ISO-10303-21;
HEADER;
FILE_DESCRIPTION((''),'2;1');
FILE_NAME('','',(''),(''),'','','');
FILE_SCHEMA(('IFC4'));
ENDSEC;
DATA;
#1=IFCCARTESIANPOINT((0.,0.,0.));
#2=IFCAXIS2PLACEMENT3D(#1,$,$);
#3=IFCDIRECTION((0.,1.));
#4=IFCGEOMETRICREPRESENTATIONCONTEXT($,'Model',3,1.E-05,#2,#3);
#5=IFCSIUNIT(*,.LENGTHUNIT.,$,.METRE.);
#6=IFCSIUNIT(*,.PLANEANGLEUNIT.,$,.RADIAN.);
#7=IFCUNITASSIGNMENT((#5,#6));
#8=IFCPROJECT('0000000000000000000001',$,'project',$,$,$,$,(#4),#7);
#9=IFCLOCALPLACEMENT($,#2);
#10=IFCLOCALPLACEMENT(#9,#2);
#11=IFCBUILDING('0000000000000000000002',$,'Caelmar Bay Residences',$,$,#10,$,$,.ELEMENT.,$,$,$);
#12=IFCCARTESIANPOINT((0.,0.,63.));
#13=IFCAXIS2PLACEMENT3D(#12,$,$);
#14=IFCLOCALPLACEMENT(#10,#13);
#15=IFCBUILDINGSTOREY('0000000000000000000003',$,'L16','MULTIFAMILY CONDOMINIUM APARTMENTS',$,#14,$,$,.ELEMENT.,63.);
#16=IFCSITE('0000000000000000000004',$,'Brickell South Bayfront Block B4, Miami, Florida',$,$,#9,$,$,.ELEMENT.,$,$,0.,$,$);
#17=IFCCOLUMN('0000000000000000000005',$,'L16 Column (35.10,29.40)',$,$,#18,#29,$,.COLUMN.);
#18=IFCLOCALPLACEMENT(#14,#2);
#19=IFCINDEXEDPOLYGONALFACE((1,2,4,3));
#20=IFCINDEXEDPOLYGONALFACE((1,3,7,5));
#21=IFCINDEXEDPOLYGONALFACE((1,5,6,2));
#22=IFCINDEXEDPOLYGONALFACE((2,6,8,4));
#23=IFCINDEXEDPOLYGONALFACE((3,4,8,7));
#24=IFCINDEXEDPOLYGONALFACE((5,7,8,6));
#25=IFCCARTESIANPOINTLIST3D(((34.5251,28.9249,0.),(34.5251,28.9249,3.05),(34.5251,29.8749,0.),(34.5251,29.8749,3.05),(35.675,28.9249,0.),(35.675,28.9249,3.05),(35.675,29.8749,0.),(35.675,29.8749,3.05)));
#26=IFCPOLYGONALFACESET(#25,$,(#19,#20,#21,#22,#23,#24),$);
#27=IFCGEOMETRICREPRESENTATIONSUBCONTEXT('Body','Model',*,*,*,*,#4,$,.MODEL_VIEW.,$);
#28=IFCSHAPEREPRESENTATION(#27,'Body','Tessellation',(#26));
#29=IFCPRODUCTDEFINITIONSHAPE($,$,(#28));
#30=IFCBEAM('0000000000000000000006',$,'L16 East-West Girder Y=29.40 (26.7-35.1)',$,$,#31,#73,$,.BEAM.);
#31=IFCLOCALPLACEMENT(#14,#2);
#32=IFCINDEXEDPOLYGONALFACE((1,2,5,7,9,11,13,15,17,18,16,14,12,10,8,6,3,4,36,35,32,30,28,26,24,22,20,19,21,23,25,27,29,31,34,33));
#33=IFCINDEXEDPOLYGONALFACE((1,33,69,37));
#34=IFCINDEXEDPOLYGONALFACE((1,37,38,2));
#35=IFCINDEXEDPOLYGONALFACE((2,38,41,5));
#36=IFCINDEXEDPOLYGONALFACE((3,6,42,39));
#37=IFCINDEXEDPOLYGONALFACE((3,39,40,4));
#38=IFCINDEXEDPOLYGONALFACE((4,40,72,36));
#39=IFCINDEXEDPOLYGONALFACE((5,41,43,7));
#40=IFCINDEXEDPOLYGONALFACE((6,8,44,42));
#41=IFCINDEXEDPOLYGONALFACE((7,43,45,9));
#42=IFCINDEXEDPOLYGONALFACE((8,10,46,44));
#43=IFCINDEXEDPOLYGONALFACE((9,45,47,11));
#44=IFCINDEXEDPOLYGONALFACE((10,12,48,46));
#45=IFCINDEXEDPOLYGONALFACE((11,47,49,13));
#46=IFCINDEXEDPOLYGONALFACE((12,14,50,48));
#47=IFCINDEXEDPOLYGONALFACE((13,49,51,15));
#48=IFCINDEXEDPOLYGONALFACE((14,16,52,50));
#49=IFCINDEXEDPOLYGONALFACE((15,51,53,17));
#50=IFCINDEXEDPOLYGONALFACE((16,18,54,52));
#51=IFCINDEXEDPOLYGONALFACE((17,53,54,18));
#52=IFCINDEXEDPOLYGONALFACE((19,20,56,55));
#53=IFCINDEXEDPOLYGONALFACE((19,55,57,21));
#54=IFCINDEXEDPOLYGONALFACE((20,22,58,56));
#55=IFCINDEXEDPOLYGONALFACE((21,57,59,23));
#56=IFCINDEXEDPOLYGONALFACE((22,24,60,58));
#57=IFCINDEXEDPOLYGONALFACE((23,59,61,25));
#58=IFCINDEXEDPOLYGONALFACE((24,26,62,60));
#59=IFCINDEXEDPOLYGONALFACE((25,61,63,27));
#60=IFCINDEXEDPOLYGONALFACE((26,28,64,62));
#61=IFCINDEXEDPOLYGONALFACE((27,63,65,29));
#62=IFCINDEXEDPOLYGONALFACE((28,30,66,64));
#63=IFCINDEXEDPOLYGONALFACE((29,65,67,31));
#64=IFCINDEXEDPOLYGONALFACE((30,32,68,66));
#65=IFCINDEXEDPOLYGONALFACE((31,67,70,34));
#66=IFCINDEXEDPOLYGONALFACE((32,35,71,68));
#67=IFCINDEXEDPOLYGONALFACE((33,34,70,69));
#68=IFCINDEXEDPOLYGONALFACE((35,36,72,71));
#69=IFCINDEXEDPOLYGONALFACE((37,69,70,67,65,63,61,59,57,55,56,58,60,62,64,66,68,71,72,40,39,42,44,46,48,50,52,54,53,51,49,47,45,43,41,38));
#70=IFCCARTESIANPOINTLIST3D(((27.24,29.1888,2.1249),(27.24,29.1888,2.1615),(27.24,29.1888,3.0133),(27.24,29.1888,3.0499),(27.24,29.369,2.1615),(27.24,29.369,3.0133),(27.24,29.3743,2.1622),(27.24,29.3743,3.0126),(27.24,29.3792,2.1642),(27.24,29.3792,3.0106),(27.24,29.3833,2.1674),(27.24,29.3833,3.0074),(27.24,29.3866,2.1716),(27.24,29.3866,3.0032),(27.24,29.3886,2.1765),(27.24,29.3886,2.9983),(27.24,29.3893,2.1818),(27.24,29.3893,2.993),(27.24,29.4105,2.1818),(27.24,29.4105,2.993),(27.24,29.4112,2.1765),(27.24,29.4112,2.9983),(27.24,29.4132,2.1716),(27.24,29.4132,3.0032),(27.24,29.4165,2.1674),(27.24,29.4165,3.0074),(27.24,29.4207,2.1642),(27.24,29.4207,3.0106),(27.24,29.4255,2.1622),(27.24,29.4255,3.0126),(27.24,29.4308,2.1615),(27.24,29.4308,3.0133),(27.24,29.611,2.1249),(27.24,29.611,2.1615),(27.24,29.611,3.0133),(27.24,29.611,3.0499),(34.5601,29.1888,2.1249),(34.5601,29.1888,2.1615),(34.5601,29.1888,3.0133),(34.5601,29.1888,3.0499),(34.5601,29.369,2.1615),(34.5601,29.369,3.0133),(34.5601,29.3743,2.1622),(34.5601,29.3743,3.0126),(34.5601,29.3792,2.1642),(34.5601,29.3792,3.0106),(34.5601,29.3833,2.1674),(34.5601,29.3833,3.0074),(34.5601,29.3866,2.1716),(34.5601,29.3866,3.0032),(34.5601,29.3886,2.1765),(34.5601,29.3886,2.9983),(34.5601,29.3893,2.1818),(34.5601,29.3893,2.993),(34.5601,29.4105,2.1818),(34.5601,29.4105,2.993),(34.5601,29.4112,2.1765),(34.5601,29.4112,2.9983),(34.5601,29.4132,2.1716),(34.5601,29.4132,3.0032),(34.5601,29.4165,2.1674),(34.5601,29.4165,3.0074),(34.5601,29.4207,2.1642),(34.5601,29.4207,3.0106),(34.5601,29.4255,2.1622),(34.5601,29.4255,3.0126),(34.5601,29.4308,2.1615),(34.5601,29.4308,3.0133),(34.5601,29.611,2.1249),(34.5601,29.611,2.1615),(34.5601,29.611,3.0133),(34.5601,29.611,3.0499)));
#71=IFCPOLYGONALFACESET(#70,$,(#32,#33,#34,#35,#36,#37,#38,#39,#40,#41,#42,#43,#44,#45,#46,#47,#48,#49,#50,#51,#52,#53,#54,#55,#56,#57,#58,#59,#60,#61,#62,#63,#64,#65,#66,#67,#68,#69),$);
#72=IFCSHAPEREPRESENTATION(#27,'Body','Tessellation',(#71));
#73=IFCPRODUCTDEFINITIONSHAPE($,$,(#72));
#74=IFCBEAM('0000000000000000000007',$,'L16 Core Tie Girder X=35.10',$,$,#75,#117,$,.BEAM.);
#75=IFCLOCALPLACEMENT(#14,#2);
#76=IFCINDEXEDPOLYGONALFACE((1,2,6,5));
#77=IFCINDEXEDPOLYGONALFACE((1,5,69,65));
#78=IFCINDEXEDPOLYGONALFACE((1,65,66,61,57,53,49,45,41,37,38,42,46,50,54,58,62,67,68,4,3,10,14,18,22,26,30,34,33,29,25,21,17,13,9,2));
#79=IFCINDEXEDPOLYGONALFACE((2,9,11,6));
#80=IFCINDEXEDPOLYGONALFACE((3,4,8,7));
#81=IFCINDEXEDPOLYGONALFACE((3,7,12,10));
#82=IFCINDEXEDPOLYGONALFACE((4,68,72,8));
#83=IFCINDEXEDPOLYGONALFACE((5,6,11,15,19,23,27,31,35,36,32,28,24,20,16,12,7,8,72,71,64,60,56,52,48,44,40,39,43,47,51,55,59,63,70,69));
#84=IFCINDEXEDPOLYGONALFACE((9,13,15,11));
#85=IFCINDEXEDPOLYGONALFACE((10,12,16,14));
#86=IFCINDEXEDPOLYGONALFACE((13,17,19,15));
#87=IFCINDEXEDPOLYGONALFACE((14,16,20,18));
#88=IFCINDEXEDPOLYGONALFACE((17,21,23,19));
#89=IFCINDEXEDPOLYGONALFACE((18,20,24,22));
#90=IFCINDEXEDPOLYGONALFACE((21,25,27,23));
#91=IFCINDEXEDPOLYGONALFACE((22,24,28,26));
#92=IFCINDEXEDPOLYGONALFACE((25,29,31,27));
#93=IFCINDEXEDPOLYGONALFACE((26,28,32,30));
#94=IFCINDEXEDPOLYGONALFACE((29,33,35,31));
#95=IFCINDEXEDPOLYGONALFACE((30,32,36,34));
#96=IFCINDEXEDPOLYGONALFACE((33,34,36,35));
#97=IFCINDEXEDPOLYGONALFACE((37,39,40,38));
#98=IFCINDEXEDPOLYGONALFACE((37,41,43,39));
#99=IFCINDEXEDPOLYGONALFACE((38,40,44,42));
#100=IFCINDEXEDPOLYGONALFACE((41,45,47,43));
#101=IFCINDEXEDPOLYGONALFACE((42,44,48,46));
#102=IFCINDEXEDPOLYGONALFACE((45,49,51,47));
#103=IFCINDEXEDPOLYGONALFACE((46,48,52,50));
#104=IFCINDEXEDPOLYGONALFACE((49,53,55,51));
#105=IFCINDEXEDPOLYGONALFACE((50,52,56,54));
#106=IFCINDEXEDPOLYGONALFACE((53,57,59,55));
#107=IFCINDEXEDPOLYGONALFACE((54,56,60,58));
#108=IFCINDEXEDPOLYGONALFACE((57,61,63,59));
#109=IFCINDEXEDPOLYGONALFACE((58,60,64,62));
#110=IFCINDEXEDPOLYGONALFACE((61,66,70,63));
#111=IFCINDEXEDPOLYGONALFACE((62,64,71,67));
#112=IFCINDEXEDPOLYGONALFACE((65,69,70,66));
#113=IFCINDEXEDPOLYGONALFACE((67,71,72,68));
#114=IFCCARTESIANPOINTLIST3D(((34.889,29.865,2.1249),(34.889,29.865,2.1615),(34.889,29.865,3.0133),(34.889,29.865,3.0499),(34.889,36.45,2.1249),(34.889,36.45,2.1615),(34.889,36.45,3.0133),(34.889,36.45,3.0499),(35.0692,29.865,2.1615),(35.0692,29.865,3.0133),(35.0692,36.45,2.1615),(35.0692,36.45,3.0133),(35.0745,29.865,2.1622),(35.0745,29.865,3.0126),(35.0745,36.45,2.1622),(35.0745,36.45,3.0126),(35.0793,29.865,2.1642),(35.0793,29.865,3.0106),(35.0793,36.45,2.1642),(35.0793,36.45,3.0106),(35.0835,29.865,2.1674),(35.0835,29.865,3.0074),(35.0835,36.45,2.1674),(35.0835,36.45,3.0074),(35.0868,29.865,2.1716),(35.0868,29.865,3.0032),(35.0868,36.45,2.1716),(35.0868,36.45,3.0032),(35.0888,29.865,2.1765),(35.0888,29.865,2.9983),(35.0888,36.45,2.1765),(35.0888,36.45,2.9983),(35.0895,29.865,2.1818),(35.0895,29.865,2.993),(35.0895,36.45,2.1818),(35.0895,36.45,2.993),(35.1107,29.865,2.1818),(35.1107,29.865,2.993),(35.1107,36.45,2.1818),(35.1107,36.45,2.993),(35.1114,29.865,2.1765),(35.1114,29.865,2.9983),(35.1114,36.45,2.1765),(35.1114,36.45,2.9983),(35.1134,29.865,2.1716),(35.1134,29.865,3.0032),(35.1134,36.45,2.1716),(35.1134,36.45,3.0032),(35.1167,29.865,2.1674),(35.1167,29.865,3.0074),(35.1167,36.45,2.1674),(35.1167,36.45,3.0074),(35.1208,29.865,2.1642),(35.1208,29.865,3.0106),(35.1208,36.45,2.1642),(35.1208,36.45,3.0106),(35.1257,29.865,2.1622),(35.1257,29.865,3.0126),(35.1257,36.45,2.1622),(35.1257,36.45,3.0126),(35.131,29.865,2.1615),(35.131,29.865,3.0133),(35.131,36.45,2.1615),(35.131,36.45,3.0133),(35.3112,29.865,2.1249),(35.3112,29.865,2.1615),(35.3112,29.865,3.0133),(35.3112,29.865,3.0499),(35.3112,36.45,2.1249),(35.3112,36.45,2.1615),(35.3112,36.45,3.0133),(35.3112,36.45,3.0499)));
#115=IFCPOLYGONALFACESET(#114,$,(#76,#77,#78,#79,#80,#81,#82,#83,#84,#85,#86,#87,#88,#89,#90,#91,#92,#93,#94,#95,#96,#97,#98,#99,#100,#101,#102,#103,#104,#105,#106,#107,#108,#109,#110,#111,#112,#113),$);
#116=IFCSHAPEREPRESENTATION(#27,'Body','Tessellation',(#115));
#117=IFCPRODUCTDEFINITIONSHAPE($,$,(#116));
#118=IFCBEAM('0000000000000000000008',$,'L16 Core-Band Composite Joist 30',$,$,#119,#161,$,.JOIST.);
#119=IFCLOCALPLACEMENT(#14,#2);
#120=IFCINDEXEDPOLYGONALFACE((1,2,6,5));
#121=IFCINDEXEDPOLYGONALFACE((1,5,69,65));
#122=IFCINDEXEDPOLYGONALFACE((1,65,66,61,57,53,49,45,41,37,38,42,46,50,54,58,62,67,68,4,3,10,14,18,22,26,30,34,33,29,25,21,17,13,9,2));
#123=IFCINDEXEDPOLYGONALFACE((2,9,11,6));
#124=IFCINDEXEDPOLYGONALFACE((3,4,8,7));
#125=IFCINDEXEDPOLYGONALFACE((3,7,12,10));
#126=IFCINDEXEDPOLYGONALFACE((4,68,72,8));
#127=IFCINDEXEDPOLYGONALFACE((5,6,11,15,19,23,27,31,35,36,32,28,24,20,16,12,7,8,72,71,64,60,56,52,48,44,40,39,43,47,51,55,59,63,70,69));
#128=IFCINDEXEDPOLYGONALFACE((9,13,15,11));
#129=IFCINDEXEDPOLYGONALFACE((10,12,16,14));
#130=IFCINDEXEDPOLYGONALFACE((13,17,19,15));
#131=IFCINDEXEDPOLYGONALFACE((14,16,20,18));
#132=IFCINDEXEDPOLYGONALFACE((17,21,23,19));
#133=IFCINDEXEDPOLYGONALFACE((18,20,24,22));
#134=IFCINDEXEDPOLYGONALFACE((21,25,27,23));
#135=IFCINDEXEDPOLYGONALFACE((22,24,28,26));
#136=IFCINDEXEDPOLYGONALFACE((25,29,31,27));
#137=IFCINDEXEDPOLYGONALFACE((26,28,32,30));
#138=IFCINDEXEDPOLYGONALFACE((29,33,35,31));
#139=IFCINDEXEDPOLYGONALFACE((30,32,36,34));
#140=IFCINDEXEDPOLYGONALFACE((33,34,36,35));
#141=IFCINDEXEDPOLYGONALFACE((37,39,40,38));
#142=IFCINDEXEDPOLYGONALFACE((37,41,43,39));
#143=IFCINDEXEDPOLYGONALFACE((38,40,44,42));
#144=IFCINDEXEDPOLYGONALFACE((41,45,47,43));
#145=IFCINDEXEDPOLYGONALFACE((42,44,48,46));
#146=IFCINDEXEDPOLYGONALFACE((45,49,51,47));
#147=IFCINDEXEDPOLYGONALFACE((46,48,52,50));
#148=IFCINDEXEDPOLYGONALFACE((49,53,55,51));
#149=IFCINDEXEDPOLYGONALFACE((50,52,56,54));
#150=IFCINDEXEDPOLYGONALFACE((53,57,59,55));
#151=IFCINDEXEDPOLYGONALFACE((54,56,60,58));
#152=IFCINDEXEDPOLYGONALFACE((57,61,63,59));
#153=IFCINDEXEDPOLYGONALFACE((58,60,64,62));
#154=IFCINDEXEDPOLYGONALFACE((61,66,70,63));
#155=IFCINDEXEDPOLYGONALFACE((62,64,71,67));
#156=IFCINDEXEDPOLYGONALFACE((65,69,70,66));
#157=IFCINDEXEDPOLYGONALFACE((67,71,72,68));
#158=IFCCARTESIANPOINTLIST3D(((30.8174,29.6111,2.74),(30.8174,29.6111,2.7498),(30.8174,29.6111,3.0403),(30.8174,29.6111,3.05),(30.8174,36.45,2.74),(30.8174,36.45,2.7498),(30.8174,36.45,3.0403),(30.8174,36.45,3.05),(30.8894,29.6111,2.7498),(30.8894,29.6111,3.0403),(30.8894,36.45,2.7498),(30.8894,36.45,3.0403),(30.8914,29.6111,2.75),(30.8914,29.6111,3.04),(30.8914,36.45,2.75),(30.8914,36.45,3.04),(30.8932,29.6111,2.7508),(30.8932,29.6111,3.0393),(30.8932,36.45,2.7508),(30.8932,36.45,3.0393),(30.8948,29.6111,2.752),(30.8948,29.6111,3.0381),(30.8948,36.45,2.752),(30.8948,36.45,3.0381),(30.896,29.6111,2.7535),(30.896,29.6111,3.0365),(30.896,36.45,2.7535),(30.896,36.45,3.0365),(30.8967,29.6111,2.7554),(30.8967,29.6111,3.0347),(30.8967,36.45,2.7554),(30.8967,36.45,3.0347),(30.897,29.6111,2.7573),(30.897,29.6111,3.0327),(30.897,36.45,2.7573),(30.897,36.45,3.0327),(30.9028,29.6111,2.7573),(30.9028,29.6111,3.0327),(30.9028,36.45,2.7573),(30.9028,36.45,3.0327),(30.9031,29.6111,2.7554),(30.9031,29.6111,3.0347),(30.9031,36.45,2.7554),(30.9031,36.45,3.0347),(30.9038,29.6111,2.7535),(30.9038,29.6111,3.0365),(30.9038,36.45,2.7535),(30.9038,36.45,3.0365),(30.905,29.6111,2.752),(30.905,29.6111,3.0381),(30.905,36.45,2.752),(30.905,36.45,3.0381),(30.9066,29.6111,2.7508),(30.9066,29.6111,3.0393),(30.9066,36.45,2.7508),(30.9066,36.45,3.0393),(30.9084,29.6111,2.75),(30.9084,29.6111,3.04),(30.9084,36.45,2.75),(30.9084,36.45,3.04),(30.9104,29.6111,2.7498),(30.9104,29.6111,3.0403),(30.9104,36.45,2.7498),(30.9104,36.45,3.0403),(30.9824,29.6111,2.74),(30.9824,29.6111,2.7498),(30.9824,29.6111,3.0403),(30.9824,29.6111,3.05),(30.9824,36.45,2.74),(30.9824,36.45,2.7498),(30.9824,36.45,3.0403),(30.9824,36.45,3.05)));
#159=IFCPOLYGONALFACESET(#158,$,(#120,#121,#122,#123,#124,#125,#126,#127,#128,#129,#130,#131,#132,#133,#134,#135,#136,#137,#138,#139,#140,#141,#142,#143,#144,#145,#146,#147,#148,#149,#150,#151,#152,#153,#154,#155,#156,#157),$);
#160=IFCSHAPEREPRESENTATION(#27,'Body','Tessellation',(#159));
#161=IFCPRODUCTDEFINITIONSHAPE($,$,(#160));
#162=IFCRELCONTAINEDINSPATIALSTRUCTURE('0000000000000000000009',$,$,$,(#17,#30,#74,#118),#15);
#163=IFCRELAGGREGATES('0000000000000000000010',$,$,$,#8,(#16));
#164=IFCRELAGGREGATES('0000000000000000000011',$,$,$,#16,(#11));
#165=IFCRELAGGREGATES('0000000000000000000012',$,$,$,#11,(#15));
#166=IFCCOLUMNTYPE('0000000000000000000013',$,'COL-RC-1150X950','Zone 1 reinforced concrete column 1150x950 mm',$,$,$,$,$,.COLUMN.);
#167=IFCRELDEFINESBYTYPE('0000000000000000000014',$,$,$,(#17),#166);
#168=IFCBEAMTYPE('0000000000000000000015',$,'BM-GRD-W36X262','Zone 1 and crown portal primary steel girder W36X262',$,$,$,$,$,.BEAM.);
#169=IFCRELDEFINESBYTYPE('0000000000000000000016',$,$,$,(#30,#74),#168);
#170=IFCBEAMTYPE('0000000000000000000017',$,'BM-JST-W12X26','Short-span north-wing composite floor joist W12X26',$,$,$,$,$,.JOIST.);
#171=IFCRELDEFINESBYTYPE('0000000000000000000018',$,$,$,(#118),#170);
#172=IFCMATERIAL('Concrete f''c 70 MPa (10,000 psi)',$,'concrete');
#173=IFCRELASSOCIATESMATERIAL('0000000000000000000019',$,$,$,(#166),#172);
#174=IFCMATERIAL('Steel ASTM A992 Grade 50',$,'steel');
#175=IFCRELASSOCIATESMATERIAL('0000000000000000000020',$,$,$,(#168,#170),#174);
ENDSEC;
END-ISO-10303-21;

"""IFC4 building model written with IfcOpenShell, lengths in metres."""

from ifc_helpers import new_model, si_unit, direction, frame, origin, origin_2d, place, context, subcontext, project, spatial, rectangle, i_section, extrude, material, material_profile, profile_set, type_object, element, save


model = new_model("IFC4")

# Units and contexts
model_context = context("Model", 3, precision=1e-05, world=origin(), true_north=direction((0.0, 1.0)))
body_context = subcontext(model_context, "Body", "Model", "MODEL_VIEW")
ifc_project = project(units=[si_unit("LENGTHUNIT", "METRE"), si_unit("PLANEANGLEUNIT", "RADIAN")], contexts=[model_context])

# Site, building, storey
site_placement = place(None, origin())
site = spatial("IfcSite", under=ifc_project, at=site_placement, Name="Brickell South Bayfront Block B4, Miami, Florida", CompositionType="ELEMENT", RefElevation=0.0)
building_placement = place(site_placement, origin())
building = spatial("IfcBuilding", under=site, at=building_placement, Name="Caelmar Bay Residences", CompositionType="ELEMENT")
storey_placement = place(building_placement, frame((0.0, 0.0, 63.0)))
storey = spatial("IfcBuildingStorey", under=building, at=storey_placement, Name="L16", Description="MULTIFAMILY CONDOMINIUM APARTMENTS", CompositionType="ELEMENT", Elevation=63.0)

# Column
ifc_material_1 = material(Name="Concrete f'c 70 MPa (10,000 psi)", Category="concrete")
ifc_material_profile_1 = material_profile(ifc_material_1, rectangle(XDim=1.1499, YDim=0.95, at=origin_2d()), Name="RC-COL-1150X950")
ifc_profile_set_1 = profile_set([ifc_material_profile_1], Name="Concrete f'c 70 MPa (10,000 psi)")
column_type = type_object("IfcColumnType", Name="COL-RC-1150X950", Description="Zone 1 reinforced concrete column 1150x950 mm", PredefinedType="COLUMN", material=ifc_profile_set_1)
column_placement = place(storey_placement, frame((35.1001, 29.3999, 0.0), z_axis=(0.0, 0.0, 1.0), x_axis=(1.0, 0.0, 0.0)))
element("IfcColumn", 1, at=column_placement, inside=storey, type_object=column_type, Name="L16 Column (35.10,29.40)", PredefinedType="COLUMN", context=body_context, shape_type="SweptSolid", body=[
    extrude(rectangle(XDim=1.1499, YDim=0.95, at=origin_2d()), origin(), (0.0, 0.0, 1.0), 3.05),
])

# Beams
ifc_material_2 = material(Name="Steel ASTM A992 Grade 50", Category="steel")
ifc_material_profile_2 = material_profile(ifc_material_2, i_section(OverallWidth=0.4221, OverallDepth=0.925, WebThickness=0.0212, FlangeThickness=0.0366, FilletRadius=0.0203, at=origin_2d()), Name="W36X262")
ifc_profile_set_2 = profile_set([ifc_material_profile_2], Name="Steel ASTM A992 Grade 50")
beam_type_1 = type_object("IfcBeamType", Name="BM-GRD-W36X262", Description="Zone 1 and crown portal primary steel girder W36X262", PredefinedType="BEAM", material=ifc_profile_set_2)
beam_1_placement = place(storey_placement, frame((27.24, 29.3999, 2.5874), z_axis=(1.0, 0.0, 0.0), x_axis=(0.0, 1.0, 0.0)))
element("IfcBeam", 2, at=beam_1_placement, inside=storey, type_object=beam_type_1, Name="L16 East-West Girder Y=29.40 (26.7-35.1)", PredefinedType="BEAM", context=body_context, shape_type="SweptSolid", body=[
    extrude(i_section(OverallWidth=0.4221, OverallDepth=0.925, WebThickness=0.0212, FlangeThickness=0.0366, FilletRadius=0.0203, at=origin_2d()), origin(), (0.0, 0.0, 1.0), 7.3201),
])
beam_2_placement = place(storey_placement, frame((35.1001, 29.865, 2.5874), z_axis=(0.0, 1.0, 0.0), x_axis=(-1.0, 0.0, 0.0)))
element("IfcBeam", 3, at=beam_2_placement, inside=storey, type_object=beam_type_1, Name="L16 Core Tie Girder X=35.10", PredefinedType="BEAM", context=body_context, shape_type="SweptSolid", body=[
    extrude(i_section(OverallWidth=0.4221, OverallDepth=0.925, WebThickness=0.0212, FlangeThickness=0.0366, FilletRadius=0.0203, at=origin_2d()), origin(), (0.0, 0.0, 1.0), 6.585),
])
ifc_material_profile_3 = material_profile(ifc_material_2, i_section(OverallWidth=0.165, OverallDepth=0.3101, WebThickness=0.0059, FlangeThickness=0.0098, FilletRadius=0.0076, at=origin_2d()), Name="W12X26")
ifc_profile_set_3 = profile_set([ifc_material_profile_3], Name="Steel ASTM A992 Grade 50")
beam_type_2 = type_object("IfcBeamType", Name="BM-JST-W12X26", Description="Short-span north-wing composite floor joist W12X26", PredefinedType="JOIST", material=ifc_profile_set_3)
beam_3_placement = place(storey_placement, frame((30.8999, 29.6111, 2.895), z_axis=(0.0, 1.0, 0.0), x_axis=(-1.0, 0.0, 0.0)))
element("IfcBeam", 4, at=beam_3_placement, inside=storey, type_object=beam_type_2, Name="L16 Core-Band Composite Joist 30", PredefinedType="JOIST", context=body_context, shape_type="SweptSolid", body=[
    extrude(i_section(OverallWidth=0.165, OverallDepth=0.3101, WebThickness=0.0059, FlangeThickness=0.0098, FilletRadius=0.0076, at=origin_2d()), origin(), (0.0, 0.0, 1.0), 6.8389),
])

save(model, "model.ifc")
